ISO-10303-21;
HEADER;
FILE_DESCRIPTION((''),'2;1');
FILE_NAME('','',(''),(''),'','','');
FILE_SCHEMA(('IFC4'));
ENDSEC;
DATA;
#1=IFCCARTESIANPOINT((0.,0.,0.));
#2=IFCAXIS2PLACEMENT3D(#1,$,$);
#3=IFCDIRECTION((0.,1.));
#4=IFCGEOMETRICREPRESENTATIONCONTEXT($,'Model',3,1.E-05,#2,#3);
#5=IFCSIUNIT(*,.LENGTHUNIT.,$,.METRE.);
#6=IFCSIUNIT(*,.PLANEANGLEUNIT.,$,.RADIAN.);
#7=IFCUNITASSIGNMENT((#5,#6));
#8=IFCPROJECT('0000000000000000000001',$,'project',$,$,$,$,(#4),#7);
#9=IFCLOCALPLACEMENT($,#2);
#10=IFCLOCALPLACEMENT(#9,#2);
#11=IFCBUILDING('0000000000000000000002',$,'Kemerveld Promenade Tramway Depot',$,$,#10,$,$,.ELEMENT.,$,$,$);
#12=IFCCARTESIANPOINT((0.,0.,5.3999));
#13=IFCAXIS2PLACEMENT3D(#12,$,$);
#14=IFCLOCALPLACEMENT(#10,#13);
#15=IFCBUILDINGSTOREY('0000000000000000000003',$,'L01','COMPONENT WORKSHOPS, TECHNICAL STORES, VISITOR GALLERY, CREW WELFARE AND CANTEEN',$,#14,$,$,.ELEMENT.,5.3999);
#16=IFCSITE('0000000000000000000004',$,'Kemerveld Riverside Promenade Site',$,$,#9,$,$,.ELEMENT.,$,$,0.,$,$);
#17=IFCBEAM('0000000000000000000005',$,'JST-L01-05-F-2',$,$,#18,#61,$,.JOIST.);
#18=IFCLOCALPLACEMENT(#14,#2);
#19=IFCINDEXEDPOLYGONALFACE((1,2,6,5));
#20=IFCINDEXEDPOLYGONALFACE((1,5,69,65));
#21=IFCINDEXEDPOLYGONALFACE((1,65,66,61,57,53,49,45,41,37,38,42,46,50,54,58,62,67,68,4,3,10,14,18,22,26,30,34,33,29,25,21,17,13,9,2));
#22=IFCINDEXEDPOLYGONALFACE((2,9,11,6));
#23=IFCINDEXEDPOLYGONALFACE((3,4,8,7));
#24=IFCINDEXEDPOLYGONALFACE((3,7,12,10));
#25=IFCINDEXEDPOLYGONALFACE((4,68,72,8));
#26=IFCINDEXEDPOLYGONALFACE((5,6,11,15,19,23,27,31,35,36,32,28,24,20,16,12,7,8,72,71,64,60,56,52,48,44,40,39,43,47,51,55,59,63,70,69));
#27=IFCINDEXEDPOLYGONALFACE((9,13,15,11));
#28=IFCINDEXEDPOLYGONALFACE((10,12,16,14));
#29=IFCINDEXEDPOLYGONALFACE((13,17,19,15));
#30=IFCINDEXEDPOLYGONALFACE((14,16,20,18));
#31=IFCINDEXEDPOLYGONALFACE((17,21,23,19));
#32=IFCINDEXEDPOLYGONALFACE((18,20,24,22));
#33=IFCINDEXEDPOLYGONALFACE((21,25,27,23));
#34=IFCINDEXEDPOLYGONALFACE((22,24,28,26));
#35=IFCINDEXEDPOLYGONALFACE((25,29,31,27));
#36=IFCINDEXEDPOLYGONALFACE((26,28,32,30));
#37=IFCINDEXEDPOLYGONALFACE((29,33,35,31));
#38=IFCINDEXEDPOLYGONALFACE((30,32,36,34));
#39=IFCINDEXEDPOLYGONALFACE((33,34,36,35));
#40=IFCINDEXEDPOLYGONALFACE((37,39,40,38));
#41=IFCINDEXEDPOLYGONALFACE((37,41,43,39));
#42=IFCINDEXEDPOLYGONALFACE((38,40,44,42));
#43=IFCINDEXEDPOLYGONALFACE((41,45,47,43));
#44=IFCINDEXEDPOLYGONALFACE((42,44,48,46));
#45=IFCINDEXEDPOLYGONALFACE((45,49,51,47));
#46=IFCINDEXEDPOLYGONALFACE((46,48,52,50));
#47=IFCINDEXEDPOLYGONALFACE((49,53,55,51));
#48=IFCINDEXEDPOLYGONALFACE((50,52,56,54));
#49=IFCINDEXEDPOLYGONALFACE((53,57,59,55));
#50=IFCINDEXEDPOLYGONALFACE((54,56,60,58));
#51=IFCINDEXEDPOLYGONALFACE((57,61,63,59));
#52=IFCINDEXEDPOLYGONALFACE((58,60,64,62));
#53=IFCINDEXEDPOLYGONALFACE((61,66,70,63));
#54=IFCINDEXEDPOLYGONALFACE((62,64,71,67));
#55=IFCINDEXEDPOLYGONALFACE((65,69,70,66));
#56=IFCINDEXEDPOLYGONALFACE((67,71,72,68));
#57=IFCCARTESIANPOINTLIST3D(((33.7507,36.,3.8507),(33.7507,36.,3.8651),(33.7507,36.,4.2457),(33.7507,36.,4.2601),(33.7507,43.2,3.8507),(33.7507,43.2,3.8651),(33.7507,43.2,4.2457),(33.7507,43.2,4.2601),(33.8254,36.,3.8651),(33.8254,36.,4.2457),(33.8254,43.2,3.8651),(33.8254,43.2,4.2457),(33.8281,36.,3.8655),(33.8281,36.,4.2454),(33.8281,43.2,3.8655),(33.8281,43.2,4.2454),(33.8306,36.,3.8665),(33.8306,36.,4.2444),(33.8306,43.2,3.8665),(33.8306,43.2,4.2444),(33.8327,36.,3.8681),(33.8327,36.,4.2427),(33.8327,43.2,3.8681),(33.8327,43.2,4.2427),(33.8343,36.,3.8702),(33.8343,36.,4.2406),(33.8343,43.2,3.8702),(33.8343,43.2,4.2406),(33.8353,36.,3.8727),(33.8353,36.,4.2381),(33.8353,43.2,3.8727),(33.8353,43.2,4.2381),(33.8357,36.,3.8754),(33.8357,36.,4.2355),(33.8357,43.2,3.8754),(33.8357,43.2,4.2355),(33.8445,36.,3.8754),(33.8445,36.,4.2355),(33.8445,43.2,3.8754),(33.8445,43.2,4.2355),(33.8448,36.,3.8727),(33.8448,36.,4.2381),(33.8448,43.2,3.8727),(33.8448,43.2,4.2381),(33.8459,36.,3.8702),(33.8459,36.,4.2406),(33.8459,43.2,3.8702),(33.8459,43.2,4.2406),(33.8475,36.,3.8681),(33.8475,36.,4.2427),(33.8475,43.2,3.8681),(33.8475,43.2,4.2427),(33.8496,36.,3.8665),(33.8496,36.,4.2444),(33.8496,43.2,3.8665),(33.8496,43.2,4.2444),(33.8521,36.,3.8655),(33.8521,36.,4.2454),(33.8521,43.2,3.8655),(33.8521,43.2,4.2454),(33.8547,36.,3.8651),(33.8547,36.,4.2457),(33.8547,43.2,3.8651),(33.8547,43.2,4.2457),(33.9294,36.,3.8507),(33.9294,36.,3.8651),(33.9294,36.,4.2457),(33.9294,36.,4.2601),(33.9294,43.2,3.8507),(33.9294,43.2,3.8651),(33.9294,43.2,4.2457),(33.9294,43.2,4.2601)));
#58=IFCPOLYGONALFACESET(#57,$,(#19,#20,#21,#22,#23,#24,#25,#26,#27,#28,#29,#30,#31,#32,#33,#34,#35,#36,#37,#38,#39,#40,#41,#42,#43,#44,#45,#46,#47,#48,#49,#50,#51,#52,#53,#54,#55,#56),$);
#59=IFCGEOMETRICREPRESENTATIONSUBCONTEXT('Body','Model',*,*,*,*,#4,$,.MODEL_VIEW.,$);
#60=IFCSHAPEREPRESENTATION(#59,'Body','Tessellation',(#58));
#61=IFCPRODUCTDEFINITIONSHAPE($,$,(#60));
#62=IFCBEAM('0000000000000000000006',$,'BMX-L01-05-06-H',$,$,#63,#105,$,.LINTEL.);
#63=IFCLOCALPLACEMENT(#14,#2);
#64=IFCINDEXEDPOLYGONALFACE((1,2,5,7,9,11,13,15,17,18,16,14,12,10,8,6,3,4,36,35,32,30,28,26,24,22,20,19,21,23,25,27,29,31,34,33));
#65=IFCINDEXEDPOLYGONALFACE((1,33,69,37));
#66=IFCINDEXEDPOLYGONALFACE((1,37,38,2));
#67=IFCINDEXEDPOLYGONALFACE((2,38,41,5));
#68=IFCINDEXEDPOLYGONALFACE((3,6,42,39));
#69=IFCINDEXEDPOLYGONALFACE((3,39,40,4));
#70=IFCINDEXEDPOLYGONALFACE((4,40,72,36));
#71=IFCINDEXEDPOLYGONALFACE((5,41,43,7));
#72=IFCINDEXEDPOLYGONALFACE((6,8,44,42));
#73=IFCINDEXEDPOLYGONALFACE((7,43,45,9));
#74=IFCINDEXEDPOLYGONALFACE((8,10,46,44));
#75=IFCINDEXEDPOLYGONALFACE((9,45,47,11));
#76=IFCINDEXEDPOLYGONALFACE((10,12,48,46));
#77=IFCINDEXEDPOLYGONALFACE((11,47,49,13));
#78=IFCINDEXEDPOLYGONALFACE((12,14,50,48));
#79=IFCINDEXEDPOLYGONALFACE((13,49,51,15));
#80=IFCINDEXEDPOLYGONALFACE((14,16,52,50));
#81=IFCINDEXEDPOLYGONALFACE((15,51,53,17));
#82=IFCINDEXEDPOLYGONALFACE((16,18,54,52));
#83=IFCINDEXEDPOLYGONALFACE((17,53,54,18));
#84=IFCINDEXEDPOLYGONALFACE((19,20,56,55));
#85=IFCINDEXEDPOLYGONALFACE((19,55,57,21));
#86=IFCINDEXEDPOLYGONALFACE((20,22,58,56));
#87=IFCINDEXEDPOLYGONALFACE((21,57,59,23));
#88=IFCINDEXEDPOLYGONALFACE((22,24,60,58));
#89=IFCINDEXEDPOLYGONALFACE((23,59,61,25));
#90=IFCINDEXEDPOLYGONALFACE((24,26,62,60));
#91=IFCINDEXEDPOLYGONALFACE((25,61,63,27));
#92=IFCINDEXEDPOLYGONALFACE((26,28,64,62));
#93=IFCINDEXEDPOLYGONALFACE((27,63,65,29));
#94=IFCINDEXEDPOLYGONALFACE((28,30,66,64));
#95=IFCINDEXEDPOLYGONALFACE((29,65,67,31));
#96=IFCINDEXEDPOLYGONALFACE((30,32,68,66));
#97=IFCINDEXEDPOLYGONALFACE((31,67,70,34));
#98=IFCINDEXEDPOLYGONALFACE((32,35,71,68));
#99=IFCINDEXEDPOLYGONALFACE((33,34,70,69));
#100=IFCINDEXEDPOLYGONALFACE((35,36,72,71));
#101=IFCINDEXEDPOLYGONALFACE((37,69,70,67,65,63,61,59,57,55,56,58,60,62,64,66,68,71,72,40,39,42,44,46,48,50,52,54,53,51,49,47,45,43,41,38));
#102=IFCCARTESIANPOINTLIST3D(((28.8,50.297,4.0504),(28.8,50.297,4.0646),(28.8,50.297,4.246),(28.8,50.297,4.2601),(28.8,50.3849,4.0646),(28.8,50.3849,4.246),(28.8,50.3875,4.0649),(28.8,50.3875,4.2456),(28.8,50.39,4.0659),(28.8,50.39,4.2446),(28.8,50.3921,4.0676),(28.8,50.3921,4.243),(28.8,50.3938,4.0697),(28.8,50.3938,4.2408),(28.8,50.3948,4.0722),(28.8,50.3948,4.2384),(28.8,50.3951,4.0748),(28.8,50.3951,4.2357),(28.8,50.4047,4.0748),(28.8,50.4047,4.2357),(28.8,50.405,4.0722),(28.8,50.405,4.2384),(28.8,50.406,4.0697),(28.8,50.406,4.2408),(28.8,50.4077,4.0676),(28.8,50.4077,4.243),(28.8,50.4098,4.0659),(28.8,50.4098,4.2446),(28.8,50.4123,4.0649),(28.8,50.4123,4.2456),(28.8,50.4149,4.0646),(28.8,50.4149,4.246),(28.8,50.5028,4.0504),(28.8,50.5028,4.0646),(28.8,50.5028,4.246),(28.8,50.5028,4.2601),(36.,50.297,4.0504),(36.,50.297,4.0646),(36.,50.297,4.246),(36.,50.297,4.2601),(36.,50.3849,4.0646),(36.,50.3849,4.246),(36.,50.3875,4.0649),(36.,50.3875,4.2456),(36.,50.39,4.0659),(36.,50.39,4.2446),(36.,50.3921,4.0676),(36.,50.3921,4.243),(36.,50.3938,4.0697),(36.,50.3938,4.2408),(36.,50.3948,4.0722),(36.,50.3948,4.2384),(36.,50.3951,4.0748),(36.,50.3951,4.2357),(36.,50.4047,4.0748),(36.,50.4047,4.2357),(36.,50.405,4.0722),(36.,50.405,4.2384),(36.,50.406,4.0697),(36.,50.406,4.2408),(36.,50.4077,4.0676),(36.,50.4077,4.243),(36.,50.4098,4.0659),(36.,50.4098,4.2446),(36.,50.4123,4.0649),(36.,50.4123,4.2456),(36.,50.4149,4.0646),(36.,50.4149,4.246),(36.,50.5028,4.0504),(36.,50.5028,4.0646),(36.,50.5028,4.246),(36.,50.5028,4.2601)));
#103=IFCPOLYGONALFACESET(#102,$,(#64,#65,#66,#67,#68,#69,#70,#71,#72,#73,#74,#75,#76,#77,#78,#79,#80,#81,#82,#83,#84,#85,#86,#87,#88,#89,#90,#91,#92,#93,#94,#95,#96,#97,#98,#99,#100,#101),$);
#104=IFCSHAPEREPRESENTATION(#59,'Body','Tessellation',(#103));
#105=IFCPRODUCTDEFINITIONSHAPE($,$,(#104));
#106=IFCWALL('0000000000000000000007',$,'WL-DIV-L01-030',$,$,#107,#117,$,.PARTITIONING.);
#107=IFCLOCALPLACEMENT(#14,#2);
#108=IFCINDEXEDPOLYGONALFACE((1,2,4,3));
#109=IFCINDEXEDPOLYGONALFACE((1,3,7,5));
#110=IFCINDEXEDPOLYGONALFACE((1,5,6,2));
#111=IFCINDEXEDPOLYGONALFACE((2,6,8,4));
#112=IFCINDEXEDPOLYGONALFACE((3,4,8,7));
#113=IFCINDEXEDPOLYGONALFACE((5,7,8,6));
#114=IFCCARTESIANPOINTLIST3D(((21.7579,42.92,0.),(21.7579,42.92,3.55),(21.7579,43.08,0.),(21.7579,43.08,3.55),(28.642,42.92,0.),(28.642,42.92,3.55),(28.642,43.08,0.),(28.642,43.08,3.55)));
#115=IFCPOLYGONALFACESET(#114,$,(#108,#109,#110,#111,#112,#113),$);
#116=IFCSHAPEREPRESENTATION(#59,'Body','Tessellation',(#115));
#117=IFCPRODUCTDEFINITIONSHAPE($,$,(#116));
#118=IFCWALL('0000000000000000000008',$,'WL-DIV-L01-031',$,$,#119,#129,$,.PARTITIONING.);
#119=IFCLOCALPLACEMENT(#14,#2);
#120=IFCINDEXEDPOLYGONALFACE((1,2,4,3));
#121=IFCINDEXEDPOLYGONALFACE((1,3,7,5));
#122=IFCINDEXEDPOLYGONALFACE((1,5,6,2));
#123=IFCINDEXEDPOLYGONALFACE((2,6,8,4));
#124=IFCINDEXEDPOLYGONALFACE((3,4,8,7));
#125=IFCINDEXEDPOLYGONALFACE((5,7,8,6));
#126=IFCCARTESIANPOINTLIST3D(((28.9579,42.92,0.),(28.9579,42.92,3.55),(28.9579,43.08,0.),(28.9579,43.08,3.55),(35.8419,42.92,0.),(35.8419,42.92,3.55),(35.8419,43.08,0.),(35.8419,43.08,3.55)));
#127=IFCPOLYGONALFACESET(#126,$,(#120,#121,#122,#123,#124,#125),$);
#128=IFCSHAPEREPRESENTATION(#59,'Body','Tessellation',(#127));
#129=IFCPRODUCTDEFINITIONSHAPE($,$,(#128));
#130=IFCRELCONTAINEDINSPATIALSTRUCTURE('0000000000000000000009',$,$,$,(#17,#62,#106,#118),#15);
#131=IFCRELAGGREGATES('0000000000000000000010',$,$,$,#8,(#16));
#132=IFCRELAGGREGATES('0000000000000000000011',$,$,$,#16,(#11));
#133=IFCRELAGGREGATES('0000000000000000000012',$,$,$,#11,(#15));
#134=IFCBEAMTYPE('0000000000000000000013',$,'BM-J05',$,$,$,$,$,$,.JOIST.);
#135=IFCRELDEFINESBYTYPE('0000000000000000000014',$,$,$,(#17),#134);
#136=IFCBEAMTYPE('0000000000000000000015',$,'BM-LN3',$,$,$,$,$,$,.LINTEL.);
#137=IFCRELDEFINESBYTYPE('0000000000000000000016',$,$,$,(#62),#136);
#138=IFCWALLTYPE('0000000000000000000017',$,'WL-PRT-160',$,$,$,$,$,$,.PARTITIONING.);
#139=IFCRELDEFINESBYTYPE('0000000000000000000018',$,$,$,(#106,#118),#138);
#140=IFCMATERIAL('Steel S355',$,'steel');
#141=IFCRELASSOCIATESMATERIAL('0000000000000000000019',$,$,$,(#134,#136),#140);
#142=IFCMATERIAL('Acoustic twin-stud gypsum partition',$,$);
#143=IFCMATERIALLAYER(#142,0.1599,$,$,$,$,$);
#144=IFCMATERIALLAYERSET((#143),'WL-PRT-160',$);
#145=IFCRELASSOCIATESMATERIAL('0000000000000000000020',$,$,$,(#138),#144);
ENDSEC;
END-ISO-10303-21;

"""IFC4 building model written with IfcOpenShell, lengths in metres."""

from ifc_helpers import new_model, si_unit, direction, frame, frame_2d, origin, origin_2d, place, context, subcontext, project, spatial, rectangle, i_section, extrude, material, layer, layer_set, material_profile, profile_set, type_object, element, save


model = new_model("IFC4")

# Units and contexts
model_context = context("Model", 3, precision=1e-05, world=origin(), true_north=direction((0.0, 1.0)))
body_context = subcontext(model_context, "Body", "Model", "MODEL_VIEW")
ifc_project = project(units=[si_unit("LENGTHUNIT", "METRE"), si_unit("PLANEANGLEUNIT", "RADIAN")], contexts=[model_context])

# Site, building, storey
site_placement = place(None, origin())
site = spatial("IfcSite", under=ifc_project, at=site_placement, Name="Kemerveld Riverside Promenade Site", CompositionType="ELEMENT", RefElevation=0.0)
building_placement = place(site_placement, origin())
building = spatial("IfcBuilding", under=site, at=building_placement, Name="Kemerveld Promenade Tramway Depot", CompositionType="ELEMENT")
storey_placement = place(building_placement, frame((0.0, 0.0, 5.3999)))
storey = spatial("IfcBuildingStorey", under=building, at=storey_placement, Name="L01", Description="COMPONENT WORKSHOPS, TECHNICAL STORES, VISITOR GALLERY, CREW WELFARE AND CANTEEN", CompositionType="ELEMENT", Elevation=5.3999)

# Shared definitions
ifc_material_1 = material(Name="Steel S355", Category="steel")

# Beams
ifc_material_profile_1 = material_profile(ifc_material_1, i_section(OverallWidth=0.1787, OverallDepth=0.4094, WebThickness=0.0088, FlangeThickness=0.0144, FilletRadius=0.0103, at=origin_2d()), Name="406x178x67 UB")
ifc_profile_set_1 = profile_set([ifc_material_profile_1], Name="Steel S355")
beam_type_1 = type_object("IfcBeamType", Name="BM-J05", PredefinedType="JOIST", material=ifc_profile_set_1)
for number, where, z_axis, x_axis, name in (
    (1, (33.8401, 36.0, 4.0554), (0.0, 1.0, 0.0), (-1.0, 0.0, 0.0), "JST-L01-05-F-2"),
):
    element("IfcBeam", number, at=place(storey_placement, frame(where, z_axis=z_axis, x_axis=x_axis)), inside=storey, type_object=beam_type_1, Name=name, PredefinedType="JOIST", context=body_context, shape_type="SweptSolid", body=[
        extrude(i_section(OverallWidth=0.1787, OverallDepth=0.4094, WebThickness=0.0088, FlangeThickness=0.0144, FilletRadius=0.0103, at=origin_2d()), origin(), (0.0, 0.0, 1.0), 7.2),
    ])
ifc_material_profile_2 = material_profile(ifc_material_1, i_section(OverallWidth=0.2058, OverallDepth=0.2097, WebThickness=0.0095, FlangeThickness=0.0142, FilletRadius=0.0103, at=origin_2d()), Name="203x203x60 UC")
ifc_profile_set_2 = profile_set([ifc_material_profile_2], Name="Steel S355")
beam_type_2 = type_object("IfcBeamType", Name="BM-LN3", PredefinedType="LINTEL", material=ifc_profile_set_2)
beam_1_placement = place(storey_placement, frame((28.8, 50.3999, 4.1553), z_axis=(1.0, 0.0, 0.0), x_axis=(0.0, 1.0, 0.0)))
element("IfcBeam", 2, at=beam_1_placement, inside=storey, type_object=beam_type_2, Name="BMX-L01-05-06-H", PredefinedType="LINTEL", context=body_context, shape_type="SweptSolid", body=[
    extrude(i_section(OverallWidth=0.2058, OverallDepth=0.2097, WebThickness=0.0095, FlangeThickness=0.0142, FilletRadius=0.0103, at=origin_2d()), origin(), (0.0, 0.0, 1.0), 7.2),
])

# Walls
ifc_material_2 = material(Name="Acoustic twin-stud gypsum partition")
ifc_layer = layer(ifc_material_2, 0.1599)
ifc_layer_set = layer_set([ifc_layer], Name="WL-PRT-160")
wall_type = type_object("IfcWallType", Name="WL-PRT-160", PredefinedType="PARTITIONING", material=ifc_layer_set)
for number, where, z_axis, x_axis, name in (
    (3, (21.7581, 43.0, 0.0), (0.0, 0.0, 1.0), (1.0, 0.0, 0.0), "WL-DIV-L01-030"),
    (4, (28.958, 43.0, 0.0), (0.0, 0.0, 1.0), (1.0, 0.0, 0.0), "WL-DIV-L01-031"),
):
    element("IfcWall", number, at=place(storey_placement, frame(where, z_axis=z_axis, x_axis=x_axis)), inside=storey, type_object=wall_type, Name=name, PredefinedType="PARTITIONING", context=body_context, shape_type="SweptSolid", body=[
        extrude(rectangle(XDim=6.884, YDim=0.1599, at=frame_2d((3.4419, 0.0))), origin(), (0.0, 0.0, 1.0), 3.55),
    ])

save(model, "model.ifc")
